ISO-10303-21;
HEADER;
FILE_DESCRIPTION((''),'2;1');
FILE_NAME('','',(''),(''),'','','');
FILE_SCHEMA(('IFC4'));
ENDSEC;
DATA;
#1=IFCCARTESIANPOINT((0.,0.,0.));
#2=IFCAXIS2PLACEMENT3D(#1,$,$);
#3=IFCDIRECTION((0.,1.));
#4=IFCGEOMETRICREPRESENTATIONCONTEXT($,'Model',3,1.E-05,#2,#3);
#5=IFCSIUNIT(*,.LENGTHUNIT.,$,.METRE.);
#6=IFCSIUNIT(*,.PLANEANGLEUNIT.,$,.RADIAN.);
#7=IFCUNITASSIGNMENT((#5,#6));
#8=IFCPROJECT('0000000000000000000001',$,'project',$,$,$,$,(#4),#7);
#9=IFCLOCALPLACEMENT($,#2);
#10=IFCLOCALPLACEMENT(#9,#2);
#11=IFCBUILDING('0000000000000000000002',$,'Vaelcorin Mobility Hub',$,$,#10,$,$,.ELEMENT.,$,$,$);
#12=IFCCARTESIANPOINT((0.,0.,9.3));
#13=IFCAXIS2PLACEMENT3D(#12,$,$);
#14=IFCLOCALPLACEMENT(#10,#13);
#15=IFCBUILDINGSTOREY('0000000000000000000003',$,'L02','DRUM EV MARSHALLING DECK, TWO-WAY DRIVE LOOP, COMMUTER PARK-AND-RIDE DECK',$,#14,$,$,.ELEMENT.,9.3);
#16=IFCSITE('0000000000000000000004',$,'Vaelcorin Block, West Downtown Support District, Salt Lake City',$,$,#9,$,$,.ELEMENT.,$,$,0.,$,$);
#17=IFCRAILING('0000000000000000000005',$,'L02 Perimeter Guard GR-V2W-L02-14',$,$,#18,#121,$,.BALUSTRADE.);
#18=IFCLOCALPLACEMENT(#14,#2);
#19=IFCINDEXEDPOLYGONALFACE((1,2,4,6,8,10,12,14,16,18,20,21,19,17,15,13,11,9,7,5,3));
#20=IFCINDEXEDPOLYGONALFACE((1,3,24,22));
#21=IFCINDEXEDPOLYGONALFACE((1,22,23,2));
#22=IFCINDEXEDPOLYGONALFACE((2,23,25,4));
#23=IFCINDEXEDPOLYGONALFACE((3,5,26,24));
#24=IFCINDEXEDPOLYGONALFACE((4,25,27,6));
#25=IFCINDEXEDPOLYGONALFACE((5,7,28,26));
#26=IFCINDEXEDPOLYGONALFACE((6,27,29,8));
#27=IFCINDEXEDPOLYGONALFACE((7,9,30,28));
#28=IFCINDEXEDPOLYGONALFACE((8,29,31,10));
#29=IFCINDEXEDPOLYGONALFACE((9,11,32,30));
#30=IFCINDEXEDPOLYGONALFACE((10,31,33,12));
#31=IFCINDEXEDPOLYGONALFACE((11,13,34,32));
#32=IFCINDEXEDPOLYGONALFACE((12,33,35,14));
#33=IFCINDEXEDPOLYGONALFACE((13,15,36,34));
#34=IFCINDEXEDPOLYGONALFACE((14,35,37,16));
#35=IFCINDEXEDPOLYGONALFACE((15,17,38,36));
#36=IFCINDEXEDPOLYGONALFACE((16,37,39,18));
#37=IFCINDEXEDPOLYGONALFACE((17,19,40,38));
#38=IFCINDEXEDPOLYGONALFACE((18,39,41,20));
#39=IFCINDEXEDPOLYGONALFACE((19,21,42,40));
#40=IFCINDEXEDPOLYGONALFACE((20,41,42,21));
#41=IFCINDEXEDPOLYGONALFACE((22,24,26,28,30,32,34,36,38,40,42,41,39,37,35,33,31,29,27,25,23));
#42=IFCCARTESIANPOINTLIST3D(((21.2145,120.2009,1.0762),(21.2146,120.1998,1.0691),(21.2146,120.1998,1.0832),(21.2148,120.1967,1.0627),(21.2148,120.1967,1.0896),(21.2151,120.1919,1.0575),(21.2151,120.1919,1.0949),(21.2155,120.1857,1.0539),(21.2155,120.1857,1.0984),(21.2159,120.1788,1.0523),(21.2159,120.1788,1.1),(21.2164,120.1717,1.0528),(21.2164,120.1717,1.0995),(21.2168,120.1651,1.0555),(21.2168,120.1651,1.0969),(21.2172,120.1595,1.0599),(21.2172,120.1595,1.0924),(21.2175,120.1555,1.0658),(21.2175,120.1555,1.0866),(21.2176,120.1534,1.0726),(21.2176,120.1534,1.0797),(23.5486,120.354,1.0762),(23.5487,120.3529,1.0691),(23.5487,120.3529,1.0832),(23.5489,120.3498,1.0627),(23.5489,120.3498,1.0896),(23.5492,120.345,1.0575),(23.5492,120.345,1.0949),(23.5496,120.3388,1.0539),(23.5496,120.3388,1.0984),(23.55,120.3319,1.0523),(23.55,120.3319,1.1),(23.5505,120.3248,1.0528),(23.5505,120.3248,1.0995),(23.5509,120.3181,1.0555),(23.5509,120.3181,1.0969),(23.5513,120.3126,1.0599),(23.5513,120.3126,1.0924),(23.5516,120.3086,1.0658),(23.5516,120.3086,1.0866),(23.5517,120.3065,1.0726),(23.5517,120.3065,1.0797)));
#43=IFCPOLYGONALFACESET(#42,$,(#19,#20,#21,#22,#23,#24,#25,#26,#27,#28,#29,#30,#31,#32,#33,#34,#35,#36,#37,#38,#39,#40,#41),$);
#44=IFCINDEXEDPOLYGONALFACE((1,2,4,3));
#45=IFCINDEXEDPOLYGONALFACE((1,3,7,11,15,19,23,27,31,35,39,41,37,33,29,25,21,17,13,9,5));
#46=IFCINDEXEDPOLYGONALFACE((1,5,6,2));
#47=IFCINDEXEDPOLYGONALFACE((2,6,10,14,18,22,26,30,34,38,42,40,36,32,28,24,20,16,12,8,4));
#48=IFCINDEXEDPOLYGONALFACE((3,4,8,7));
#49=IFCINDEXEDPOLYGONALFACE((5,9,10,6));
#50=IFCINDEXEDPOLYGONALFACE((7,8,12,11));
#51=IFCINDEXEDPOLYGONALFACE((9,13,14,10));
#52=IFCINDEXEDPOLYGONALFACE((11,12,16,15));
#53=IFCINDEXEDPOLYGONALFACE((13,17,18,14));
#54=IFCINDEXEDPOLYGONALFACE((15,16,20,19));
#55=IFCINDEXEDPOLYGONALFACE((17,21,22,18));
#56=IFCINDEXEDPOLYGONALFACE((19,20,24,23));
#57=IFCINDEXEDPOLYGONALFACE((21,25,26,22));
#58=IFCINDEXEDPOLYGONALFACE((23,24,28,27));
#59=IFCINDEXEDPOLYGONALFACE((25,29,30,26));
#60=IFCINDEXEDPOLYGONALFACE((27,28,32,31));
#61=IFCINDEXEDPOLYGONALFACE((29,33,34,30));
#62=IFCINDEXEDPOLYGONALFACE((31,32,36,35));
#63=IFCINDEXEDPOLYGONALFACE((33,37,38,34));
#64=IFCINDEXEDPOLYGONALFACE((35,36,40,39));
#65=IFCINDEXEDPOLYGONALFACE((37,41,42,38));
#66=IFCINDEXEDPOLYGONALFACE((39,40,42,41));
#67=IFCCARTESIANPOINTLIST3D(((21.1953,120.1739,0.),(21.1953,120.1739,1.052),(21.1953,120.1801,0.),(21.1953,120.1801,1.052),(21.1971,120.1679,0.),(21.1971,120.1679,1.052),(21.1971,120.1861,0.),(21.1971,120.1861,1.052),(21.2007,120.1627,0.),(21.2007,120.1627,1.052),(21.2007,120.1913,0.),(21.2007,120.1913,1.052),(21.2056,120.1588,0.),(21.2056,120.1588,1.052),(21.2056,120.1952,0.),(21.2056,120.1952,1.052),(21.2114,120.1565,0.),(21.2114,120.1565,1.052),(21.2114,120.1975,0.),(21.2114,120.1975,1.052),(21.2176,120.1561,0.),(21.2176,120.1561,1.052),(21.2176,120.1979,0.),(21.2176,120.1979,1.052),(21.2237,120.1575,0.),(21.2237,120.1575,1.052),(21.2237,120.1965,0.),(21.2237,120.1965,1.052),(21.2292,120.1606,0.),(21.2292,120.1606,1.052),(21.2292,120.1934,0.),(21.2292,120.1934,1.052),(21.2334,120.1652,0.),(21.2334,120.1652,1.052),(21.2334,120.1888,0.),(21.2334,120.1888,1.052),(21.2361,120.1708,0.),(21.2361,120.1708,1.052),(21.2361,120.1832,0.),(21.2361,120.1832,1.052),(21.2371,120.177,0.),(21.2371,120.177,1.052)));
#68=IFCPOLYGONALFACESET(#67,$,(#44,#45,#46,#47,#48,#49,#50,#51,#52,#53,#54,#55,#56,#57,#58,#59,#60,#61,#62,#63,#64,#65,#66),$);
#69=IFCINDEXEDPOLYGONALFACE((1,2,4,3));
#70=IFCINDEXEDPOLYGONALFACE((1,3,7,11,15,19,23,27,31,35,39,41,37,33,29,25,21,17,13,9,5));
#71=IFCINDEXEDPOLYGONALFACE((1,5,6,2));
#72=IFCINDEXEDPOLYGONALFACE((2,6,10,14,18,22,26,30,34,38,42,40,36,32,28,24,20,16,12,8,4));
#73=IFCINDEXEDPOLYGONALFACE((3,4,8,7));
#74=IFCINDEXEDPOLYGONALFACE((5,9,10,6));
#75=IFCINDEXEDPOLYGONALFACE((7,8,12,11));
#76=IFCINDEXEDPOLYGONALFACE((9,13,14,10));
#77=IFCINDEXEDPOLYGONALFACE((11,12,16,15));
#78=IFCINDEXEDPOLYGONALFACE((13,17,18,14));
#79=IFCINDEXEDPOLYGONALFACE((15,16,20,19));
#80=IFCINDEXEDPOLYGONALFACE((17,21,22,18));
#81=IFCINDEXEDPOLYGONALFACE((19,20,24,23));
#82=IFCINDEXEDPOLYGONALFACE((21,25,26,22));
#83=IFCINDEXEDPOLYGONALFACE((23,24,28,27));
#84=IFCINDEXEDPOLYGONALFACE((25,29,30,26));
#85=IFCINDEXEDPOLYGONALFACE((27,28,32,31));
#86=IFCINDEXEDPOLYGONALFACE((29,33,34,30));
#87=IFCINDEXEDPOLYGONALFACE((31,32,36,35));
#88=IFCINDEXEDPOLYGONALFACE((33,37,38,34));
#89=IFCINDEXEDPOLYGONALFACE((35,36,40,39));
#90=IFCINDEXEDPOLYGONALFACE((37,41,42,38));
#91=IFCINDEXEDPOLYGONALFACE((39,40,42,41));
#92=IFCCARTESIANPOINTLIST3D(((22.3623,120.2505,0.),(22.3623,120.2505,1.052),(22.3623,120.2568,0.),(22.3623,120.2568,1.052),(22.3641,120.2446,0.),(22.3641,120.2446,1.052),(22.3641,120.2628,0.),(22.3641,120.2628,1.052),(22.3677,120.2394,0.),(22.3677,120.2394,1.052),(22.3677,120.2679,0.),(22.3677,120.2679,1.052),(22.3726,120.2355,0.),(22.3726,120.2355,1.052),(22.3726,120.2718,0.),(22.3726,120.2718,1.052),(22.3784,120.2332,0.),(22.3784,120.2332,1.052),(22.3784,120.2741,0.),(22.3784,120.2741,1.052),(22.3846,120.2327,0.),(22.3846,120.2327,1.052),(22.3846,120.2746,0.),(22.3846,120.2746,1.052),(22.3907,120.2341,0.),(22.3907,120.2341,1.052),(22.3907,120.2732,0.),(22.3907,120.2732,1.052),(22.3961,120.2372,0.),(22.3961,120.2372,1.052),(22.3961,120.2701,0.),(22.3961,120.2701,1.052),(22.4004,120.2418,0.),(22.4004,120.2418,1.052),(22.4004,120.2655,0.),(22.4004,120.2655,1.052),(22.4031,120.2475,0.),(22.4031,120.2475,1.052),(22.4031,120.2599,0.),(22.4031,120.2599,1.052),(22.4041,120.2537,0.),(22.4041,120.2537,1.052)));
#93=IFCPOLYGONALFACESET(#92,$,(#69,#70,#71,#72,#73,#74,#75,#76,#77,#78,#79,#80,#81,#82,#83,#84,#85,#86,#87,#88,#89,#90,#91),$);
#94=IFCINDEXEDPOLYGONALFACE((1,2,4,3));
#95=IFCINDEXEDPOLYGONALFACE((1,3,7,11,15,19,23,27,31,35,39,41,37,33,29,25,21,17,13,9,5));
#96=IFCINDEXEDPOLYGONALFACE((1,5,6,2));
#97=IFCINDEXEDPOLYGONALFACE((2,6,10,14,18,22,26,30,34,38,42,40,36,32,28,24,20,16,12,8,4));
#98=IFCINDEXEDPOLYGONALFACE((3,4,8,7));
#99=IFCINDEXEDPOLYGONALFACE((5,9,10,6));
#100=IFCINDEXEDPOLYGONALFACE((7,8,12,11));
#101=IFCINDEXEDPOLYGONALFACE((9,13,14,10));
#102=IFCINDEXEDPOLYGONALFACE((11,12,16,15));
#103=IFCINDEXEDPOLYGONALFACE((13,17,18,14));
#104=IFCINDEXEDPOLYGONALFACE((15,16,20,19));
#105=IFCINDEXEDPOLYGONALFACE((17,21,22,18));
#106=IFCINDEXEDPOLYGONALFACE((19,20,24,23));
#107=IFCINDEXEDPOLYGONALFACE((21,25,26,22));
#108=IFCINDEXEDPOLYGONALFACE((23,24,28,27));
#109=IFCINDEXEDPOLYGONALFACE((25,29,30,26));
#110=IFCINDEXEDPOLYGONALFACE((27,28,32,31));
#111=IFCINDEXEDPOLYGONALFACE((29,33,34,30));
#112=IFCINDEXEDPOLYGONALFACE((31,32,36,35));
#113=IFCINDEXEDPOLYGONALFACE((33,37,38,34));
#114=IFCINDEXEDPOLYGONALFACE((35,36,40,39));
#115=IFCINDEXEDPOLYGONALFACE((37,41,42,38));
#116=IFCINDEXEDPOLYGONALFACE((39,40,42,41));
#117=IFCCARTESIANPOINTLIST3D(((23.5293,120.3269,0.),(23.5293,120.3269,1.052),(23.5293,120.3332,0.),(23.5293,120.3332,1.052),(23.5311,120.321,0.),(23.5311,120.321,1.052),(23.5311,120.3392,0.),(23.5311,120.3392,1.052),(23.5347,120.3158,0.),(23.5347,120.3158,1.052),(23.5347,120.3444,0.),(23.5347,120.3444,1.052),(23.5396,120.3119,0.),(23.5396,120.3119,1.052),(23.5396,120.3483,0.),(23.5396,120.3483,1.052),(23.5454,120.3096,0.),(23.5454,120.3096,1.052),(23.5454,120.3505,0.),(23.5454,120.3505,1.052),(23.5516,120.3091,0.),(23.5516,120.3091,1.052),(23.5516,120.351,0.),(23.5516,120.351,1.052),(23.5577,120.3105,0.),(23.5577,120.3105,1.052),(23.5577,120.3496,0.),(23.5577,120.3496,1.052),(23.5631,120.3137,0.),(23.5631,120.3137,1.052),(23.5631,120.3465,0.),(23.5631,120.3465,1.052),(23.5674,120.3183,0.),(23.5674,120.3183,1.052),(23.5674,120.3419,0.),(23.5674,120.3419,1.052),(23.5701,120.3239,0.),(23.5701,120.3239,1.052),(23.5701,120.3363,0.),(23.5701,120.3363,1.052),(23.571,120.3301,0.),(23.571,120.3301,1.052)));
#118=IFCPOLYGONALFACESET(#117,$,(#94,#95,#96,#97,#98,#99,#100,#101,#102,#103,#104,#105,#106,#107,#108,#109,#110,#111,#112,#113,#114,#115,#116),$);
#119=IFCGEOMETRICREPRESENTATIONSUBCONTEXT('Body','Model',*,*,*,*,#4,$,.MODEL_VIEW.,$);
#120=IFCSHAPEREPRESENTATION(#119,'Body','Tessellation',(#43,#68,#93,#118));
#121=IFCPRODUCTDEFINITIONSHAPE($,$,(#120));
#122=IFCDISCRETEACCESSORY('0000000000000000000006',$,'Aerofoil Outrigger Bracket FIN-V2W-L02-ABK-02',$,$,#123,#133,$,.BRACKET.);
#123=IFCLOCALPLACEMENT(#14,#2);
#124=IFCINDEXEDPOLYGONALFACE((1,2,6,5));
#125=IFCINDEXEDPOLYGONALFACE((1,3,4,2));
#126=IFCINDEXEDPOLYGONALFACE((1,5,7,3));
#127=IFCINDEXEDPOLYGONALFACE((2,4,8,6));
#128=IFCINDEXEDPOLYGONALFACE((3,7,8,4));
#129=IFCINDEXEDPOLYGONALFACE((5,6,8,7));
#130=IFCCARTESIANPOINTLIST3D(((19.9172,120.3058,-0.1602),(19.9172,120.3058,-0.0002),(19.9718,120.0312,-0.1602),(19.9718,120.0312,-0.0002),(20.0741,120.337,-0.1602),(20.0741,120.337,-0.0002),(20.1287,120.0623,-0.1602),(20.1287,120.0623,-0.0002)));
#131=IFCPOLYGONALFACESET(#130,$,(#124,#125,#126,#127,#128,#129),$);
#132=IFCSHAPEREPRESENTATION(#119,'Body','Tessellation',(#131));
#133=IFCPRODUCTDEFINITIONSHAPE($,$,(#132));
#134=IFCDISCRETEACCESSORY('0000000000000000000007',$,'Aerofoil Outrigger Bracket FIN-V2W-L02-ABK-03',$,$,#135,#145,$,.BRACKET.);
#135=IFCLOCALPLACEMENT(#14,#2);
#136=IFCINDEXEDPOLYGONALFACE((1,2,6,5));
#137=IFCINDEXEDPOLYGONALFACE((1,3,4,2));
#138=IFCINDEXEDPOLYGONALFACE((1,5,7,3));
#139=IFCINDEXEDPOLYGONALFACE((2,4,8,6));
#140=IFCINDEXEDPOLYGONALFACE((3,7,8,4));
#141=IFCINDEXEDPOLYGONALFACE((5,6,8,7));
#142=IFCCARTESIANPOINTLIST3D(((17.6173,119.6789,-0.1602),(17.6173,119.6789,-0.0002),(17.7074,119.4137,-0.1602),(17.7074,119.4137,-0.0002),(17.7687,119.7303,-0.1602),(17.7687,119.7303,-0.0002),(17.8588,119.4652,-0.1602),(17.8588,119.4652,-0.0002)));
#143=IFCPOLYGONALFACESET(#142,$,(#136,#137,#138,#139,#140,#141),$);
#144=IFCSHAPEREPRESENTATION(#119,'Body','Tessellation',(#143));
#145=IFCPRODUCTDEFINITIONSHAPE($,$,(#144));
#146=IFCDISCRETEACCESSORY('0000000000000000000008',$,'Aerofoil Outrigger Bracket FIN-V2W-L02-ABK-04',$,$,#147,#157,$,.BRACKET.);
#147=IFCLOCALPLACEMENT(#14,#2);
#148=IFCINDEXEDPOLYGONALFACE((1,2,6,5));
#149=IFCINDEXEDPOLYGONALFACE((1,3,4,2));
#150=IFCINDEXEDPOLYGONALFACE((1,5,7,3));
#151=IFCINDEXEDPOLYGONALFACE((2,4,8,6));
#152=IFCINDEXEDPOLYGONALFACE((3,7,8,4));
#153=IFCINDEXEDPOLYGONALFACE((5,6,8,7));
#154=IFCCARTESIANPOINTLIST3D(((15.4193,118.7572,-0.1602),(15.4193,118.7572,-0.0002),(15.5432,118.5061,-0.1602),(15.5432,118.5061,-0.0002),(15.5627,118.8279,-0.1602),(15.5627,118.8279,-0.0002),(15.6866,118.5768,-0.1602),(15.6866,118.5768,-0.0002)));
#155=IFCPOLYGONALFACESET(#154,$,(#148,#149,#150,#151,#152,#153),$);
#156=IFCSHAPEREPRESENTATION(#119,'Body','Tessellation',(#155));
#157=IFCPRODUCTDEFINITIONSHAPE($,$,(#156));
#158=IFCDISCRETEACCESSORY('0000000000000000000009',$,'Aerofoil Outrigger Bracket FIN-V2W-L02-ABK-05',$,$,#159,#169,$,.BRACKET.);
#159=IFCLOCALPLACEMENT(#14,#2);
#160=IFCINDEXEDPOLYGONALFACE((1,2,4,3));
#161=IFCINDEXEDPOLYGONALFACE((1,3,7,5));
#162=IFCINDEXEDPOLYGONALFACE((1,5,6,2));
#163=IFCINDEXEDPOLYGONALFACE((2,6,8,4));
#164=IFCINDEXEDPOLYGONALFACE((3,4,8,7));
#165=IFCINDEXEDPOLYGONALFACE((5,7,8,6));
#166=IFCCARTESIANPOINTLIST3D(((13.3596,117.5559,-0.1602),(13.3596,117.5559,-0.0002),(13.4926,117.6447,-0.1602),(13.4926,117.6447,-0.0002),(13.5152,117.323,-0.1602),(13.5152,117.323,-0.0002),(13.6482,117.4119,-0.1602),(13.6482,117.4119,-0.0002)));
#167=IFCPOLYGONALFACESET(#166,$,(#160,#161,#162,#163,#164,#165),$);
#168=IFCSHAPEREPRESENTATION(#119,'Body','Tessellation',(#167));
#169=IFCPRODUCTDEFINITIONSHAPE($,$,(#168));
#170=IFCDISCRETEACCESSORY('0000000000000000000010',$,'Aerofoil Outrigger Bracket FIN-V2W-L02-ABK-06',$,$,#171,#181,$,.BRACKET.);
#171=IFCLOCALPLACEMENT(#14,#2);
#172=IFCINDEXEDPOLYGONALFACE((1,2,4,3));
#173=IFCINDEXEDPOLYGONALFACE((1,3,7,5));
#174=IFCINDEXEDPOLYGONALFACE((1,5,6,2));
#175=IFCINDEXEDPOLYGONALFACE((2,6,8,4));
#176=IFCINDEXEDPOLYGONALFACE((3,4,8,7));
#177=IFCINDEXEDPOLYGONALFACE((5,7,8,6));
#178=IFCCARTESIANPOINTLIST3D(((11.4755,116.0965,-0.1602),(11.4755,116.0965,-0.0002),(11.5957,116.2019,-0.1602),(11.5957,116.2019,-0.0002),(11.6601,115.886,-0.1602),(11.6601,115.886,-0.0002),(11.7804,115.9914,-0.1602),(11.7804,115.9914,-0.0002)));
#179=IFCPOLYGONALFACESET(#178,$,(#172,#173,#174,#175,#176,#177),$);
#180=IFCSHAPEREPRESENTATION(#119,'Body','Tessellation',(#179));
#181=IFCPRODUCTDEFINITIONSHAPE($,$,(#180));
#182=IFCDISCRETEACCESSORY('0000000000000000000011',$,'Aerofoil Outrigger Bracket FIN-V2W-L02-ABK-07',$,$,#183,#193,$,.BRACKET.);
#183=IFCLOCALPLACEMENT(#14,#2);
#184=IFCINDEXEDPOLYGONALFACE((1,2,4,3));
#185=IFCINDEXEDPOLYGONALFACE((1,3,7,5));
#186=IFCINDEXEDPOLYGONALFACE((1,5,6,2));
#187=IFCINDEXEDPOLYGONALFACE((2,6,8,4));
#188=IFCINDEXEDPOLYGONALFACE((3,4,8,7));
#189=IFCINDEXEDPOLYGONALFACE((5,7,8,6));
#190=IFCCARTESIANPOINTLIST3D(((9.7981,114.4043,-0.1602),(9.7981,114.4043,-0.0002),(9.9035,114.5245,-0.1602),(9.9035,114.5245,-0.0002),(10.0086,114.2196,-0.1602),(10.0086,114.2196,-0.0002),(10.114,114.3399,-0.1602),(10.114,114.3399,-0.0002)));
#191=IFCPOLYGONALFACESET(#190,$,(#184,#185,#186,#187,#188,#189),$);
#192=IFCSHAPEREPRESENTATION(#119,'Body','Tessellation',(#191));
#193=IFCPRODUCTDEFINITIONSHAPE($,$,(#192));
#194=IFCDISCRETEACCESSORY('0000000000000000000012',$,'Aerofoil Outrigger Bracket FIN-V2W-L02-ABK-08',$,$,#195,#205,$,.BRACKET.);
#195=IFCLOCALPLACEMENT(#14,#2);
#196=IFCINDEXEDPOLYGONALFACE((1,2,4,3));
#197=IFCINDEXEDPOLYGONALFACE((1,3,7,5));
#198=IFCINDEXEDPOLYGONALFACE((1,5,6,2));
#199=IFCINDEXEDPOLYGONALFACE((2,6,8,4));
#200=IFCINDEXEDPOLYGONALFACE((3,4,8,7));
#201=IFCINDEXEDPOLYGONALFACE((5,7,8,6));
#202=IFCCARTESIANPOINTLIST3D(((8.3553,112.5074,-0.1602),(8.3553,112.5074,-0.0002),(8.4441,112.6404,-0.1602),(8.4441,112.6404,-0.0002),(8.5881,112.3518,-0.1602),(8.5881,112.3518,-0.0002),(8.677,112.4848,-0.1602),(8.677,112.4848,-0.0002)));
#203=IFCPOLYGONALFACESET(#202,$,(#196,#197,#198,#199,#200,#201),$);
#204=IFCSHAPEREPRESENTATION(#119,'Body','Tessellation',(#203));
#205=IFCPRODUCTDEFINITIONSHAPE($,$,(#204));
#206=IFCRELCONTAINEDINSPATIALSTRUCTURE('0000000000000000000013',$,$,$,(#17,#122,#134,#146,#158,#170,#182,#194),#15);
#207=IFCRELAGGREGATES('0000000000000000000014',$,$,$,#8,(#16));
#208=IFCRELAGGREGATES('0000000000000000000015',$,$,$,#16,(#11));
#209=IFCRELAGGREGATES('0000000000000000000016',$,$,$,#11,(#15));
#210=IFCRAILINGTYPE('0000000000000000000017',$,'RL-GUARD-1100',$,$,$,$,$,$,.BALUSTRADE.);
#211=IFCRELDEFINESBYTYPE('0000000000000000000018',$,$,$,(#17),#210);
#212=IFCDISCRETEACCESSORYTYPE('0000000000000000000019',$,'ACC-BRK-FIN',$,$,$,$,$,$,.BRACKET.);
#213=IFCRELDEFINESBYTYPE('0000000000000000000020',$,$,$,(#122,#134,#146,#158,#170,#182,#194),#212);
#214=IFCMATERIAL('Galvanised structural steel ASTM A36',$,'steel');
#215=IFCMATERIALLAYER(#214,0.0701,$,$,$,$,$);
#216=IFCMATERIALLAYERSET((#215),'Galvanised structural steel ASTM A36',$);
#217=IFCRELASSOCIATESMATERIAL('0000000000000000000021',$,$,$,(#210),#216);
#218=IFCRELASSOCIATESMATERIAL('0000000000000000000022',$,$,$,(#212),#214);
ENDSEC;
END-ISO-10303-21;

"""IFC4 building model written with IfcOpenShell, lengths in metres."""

from ifc_helpers import new_model, si_unit, direction, frame, origin, origin_2d, place, context, subcontext, project, spatial, rectangle, circle, extrude, material, layer, layer_set, type_object, element, save


model = new_model("IFC4")

# Units and contexts
model_context = context("Model", 3, precision=1e-05, world=origin(), true_north=direction((0.0, 1.0)))
body_context = subcontext(model_context, "Body", "Model", "MODEL_VIEW")
ifc_project = project(units=[si_unit("LENGTHUNIT", "METRE"), si_unit("PLANEANGLEUNIT", "RADIAN")], contexts=[model_context])

# Site, building, storey
site_placement = place(None, origin())
site = spatial("IfcSite", under=ifc_project, at=site_placement, Name="Vaelcorin Block, West Downtown Support District, Salt Lake City", CompositionType="ELEMENT", RefElevation=0.0)
building_placement = place(site_placement, origin())
building = spatial("IfcBuilding", under=site, at=building_placement, Name="Vaelcorin Mobility Hub", CompositionType="ELEMENT")
storey_placement = place(building_placement, frame((0.0, 0.0, 9.3)))
storey = spatial("IfcBuildingStorey", under=building, at=storey_placement, Name="L02", Description="DRUM EV MARSHALLING DECK, TWO-WAY DRIVE LOOP, COMMUTER PARK-AND-RIDE DECK", CompositionType="ELEMENT", Elevation=9.3)

# Railing
ifc_material_1 = material(Name="Galvanised structural steel ASTM A36", Category="steel")
ifc_layer_1 = layer(ifc_material_1, 0.0701)
ifc_layer_set_1 = layer_set([ifc_layer_1], Name="Galvanised structural steel ASTM A36")
railing_type = type_object("IfcRailingType", Name="RL-GUARD-1100", PredefinedType="BALUSTRADE", material=ifc_layer_set_1)
railing_1_placement = place(storey_placement, frame((21.2161, 120.177, 0.0)))
element("IfcRailing", 1, at=railing_1_placement, inside=storey, type_object=railing_type, Name="L02 Perimeter Guard GR-V2W-L02-14", PredefinedType="BALUSTRADE", context=body_context, shape_type="SweptSolid", body=[
    extrude(circle(Radius=0.0239, at=origin_2d()), frame((0.0, 0.0, 1.0762), z_axis=(0.997856, 0.065445, 0.0), x_axis=(-0.065445, 0.997856, 0.0)), (0.0, 0.0, 1.0), 2.3391),
    extrude(circle(Radius=0.021, at=origin_2d()), origin(), (0.0, 0.0, 1.0), 1.052),
    extrude(circle(Radius=0.021, at=origin_2d()), frame((1.167, 0.0767, 0.0)), (0.0, 0.0, 1.0), 1.052),
    extrude(circle(Radius=0.021, at=origin_2d()), frame((2.334, 0.1531, 0.0)), (0.0, 0.0, 1.0), 1.052),
])

# Discrete accessories
discrete_accessory_type = type_object("IfcDiscreteAccessoryType", Name="ACC-BRK-FIN", PredefinedType="BRACKET", material=ifc_material_1)
for number, where, z_axis, x_axis, name in (
    (2, (20.0229, 120.1841, -0.1602), (0.0, 0.0, 1.0), (-0.194885, 0.980826, 0.0), "Aerofoil Outrigger Bracket FIN-V2W-L02-ABK-02"),
    (3, (17.738, 119.572, -0.1602), (0.0, 0.0, 1.0), (-0.321572, 0.946885, 0.0), "Aerofoil Outrigger Bracket FIN-V2W-L02-ABK-03"),
    (4, (15.553, 118.667, -0.1602), (0.0, 0.0, 1.0), (-0.442445, 0.896796, 0.0), "Aerofoil Outrigger Bracket FIN-V2W-L02-ABK-04"),
    (5, (13.5039, 117.4839, -0.1602), (0.0, 0.0, 1.0), (-0.555483, 0.831528, 0.0), "Aerofoil Outrigger Bracket FIN-V2W-L02-ABK-05"),
    (6, (11.6279, 116.0439, -0.1602), (0.0, 0.0, 1.0), (-0.65928, 0.751897, 0.0), "Aerofoil Outrigger Bracket FIN-V2W-L02-ABK-06"),
    (7, (9.9561, 114.3721, -0.1602), (0.0, 0.0, 1.0), (-0.751897, 0.65928, 0.0), "Aerofoil Outrigger Bracket FIN-V2W-L02-ABK-07"),
    (8, (8.5161, 112.4961, -0.1602), (0.0, 0.0, 1.0), (-0.831528, 0.555483, 0.0), "Aerofoil Outrigger Bracket FIN-V2W-L02-ABK-08"),
):
    element("IfcDiscreteAccessory", number, at=place(storey_placement, frame(where, z_axis=z_axis, x_axis=x_axis)), inside=storey, type_object=discrete_accessory_type, Name=name, PredefinedType="BRACKET", context=body_context, shape_type="SweptSolid", body=[
        extrude(rectangle(XDim=0.28, YDim=0.1599, at=origin_2d()), origin(), (0.0, 0.0, 1.0), 0.1599),
    ])

save(model, "model.ifc")
